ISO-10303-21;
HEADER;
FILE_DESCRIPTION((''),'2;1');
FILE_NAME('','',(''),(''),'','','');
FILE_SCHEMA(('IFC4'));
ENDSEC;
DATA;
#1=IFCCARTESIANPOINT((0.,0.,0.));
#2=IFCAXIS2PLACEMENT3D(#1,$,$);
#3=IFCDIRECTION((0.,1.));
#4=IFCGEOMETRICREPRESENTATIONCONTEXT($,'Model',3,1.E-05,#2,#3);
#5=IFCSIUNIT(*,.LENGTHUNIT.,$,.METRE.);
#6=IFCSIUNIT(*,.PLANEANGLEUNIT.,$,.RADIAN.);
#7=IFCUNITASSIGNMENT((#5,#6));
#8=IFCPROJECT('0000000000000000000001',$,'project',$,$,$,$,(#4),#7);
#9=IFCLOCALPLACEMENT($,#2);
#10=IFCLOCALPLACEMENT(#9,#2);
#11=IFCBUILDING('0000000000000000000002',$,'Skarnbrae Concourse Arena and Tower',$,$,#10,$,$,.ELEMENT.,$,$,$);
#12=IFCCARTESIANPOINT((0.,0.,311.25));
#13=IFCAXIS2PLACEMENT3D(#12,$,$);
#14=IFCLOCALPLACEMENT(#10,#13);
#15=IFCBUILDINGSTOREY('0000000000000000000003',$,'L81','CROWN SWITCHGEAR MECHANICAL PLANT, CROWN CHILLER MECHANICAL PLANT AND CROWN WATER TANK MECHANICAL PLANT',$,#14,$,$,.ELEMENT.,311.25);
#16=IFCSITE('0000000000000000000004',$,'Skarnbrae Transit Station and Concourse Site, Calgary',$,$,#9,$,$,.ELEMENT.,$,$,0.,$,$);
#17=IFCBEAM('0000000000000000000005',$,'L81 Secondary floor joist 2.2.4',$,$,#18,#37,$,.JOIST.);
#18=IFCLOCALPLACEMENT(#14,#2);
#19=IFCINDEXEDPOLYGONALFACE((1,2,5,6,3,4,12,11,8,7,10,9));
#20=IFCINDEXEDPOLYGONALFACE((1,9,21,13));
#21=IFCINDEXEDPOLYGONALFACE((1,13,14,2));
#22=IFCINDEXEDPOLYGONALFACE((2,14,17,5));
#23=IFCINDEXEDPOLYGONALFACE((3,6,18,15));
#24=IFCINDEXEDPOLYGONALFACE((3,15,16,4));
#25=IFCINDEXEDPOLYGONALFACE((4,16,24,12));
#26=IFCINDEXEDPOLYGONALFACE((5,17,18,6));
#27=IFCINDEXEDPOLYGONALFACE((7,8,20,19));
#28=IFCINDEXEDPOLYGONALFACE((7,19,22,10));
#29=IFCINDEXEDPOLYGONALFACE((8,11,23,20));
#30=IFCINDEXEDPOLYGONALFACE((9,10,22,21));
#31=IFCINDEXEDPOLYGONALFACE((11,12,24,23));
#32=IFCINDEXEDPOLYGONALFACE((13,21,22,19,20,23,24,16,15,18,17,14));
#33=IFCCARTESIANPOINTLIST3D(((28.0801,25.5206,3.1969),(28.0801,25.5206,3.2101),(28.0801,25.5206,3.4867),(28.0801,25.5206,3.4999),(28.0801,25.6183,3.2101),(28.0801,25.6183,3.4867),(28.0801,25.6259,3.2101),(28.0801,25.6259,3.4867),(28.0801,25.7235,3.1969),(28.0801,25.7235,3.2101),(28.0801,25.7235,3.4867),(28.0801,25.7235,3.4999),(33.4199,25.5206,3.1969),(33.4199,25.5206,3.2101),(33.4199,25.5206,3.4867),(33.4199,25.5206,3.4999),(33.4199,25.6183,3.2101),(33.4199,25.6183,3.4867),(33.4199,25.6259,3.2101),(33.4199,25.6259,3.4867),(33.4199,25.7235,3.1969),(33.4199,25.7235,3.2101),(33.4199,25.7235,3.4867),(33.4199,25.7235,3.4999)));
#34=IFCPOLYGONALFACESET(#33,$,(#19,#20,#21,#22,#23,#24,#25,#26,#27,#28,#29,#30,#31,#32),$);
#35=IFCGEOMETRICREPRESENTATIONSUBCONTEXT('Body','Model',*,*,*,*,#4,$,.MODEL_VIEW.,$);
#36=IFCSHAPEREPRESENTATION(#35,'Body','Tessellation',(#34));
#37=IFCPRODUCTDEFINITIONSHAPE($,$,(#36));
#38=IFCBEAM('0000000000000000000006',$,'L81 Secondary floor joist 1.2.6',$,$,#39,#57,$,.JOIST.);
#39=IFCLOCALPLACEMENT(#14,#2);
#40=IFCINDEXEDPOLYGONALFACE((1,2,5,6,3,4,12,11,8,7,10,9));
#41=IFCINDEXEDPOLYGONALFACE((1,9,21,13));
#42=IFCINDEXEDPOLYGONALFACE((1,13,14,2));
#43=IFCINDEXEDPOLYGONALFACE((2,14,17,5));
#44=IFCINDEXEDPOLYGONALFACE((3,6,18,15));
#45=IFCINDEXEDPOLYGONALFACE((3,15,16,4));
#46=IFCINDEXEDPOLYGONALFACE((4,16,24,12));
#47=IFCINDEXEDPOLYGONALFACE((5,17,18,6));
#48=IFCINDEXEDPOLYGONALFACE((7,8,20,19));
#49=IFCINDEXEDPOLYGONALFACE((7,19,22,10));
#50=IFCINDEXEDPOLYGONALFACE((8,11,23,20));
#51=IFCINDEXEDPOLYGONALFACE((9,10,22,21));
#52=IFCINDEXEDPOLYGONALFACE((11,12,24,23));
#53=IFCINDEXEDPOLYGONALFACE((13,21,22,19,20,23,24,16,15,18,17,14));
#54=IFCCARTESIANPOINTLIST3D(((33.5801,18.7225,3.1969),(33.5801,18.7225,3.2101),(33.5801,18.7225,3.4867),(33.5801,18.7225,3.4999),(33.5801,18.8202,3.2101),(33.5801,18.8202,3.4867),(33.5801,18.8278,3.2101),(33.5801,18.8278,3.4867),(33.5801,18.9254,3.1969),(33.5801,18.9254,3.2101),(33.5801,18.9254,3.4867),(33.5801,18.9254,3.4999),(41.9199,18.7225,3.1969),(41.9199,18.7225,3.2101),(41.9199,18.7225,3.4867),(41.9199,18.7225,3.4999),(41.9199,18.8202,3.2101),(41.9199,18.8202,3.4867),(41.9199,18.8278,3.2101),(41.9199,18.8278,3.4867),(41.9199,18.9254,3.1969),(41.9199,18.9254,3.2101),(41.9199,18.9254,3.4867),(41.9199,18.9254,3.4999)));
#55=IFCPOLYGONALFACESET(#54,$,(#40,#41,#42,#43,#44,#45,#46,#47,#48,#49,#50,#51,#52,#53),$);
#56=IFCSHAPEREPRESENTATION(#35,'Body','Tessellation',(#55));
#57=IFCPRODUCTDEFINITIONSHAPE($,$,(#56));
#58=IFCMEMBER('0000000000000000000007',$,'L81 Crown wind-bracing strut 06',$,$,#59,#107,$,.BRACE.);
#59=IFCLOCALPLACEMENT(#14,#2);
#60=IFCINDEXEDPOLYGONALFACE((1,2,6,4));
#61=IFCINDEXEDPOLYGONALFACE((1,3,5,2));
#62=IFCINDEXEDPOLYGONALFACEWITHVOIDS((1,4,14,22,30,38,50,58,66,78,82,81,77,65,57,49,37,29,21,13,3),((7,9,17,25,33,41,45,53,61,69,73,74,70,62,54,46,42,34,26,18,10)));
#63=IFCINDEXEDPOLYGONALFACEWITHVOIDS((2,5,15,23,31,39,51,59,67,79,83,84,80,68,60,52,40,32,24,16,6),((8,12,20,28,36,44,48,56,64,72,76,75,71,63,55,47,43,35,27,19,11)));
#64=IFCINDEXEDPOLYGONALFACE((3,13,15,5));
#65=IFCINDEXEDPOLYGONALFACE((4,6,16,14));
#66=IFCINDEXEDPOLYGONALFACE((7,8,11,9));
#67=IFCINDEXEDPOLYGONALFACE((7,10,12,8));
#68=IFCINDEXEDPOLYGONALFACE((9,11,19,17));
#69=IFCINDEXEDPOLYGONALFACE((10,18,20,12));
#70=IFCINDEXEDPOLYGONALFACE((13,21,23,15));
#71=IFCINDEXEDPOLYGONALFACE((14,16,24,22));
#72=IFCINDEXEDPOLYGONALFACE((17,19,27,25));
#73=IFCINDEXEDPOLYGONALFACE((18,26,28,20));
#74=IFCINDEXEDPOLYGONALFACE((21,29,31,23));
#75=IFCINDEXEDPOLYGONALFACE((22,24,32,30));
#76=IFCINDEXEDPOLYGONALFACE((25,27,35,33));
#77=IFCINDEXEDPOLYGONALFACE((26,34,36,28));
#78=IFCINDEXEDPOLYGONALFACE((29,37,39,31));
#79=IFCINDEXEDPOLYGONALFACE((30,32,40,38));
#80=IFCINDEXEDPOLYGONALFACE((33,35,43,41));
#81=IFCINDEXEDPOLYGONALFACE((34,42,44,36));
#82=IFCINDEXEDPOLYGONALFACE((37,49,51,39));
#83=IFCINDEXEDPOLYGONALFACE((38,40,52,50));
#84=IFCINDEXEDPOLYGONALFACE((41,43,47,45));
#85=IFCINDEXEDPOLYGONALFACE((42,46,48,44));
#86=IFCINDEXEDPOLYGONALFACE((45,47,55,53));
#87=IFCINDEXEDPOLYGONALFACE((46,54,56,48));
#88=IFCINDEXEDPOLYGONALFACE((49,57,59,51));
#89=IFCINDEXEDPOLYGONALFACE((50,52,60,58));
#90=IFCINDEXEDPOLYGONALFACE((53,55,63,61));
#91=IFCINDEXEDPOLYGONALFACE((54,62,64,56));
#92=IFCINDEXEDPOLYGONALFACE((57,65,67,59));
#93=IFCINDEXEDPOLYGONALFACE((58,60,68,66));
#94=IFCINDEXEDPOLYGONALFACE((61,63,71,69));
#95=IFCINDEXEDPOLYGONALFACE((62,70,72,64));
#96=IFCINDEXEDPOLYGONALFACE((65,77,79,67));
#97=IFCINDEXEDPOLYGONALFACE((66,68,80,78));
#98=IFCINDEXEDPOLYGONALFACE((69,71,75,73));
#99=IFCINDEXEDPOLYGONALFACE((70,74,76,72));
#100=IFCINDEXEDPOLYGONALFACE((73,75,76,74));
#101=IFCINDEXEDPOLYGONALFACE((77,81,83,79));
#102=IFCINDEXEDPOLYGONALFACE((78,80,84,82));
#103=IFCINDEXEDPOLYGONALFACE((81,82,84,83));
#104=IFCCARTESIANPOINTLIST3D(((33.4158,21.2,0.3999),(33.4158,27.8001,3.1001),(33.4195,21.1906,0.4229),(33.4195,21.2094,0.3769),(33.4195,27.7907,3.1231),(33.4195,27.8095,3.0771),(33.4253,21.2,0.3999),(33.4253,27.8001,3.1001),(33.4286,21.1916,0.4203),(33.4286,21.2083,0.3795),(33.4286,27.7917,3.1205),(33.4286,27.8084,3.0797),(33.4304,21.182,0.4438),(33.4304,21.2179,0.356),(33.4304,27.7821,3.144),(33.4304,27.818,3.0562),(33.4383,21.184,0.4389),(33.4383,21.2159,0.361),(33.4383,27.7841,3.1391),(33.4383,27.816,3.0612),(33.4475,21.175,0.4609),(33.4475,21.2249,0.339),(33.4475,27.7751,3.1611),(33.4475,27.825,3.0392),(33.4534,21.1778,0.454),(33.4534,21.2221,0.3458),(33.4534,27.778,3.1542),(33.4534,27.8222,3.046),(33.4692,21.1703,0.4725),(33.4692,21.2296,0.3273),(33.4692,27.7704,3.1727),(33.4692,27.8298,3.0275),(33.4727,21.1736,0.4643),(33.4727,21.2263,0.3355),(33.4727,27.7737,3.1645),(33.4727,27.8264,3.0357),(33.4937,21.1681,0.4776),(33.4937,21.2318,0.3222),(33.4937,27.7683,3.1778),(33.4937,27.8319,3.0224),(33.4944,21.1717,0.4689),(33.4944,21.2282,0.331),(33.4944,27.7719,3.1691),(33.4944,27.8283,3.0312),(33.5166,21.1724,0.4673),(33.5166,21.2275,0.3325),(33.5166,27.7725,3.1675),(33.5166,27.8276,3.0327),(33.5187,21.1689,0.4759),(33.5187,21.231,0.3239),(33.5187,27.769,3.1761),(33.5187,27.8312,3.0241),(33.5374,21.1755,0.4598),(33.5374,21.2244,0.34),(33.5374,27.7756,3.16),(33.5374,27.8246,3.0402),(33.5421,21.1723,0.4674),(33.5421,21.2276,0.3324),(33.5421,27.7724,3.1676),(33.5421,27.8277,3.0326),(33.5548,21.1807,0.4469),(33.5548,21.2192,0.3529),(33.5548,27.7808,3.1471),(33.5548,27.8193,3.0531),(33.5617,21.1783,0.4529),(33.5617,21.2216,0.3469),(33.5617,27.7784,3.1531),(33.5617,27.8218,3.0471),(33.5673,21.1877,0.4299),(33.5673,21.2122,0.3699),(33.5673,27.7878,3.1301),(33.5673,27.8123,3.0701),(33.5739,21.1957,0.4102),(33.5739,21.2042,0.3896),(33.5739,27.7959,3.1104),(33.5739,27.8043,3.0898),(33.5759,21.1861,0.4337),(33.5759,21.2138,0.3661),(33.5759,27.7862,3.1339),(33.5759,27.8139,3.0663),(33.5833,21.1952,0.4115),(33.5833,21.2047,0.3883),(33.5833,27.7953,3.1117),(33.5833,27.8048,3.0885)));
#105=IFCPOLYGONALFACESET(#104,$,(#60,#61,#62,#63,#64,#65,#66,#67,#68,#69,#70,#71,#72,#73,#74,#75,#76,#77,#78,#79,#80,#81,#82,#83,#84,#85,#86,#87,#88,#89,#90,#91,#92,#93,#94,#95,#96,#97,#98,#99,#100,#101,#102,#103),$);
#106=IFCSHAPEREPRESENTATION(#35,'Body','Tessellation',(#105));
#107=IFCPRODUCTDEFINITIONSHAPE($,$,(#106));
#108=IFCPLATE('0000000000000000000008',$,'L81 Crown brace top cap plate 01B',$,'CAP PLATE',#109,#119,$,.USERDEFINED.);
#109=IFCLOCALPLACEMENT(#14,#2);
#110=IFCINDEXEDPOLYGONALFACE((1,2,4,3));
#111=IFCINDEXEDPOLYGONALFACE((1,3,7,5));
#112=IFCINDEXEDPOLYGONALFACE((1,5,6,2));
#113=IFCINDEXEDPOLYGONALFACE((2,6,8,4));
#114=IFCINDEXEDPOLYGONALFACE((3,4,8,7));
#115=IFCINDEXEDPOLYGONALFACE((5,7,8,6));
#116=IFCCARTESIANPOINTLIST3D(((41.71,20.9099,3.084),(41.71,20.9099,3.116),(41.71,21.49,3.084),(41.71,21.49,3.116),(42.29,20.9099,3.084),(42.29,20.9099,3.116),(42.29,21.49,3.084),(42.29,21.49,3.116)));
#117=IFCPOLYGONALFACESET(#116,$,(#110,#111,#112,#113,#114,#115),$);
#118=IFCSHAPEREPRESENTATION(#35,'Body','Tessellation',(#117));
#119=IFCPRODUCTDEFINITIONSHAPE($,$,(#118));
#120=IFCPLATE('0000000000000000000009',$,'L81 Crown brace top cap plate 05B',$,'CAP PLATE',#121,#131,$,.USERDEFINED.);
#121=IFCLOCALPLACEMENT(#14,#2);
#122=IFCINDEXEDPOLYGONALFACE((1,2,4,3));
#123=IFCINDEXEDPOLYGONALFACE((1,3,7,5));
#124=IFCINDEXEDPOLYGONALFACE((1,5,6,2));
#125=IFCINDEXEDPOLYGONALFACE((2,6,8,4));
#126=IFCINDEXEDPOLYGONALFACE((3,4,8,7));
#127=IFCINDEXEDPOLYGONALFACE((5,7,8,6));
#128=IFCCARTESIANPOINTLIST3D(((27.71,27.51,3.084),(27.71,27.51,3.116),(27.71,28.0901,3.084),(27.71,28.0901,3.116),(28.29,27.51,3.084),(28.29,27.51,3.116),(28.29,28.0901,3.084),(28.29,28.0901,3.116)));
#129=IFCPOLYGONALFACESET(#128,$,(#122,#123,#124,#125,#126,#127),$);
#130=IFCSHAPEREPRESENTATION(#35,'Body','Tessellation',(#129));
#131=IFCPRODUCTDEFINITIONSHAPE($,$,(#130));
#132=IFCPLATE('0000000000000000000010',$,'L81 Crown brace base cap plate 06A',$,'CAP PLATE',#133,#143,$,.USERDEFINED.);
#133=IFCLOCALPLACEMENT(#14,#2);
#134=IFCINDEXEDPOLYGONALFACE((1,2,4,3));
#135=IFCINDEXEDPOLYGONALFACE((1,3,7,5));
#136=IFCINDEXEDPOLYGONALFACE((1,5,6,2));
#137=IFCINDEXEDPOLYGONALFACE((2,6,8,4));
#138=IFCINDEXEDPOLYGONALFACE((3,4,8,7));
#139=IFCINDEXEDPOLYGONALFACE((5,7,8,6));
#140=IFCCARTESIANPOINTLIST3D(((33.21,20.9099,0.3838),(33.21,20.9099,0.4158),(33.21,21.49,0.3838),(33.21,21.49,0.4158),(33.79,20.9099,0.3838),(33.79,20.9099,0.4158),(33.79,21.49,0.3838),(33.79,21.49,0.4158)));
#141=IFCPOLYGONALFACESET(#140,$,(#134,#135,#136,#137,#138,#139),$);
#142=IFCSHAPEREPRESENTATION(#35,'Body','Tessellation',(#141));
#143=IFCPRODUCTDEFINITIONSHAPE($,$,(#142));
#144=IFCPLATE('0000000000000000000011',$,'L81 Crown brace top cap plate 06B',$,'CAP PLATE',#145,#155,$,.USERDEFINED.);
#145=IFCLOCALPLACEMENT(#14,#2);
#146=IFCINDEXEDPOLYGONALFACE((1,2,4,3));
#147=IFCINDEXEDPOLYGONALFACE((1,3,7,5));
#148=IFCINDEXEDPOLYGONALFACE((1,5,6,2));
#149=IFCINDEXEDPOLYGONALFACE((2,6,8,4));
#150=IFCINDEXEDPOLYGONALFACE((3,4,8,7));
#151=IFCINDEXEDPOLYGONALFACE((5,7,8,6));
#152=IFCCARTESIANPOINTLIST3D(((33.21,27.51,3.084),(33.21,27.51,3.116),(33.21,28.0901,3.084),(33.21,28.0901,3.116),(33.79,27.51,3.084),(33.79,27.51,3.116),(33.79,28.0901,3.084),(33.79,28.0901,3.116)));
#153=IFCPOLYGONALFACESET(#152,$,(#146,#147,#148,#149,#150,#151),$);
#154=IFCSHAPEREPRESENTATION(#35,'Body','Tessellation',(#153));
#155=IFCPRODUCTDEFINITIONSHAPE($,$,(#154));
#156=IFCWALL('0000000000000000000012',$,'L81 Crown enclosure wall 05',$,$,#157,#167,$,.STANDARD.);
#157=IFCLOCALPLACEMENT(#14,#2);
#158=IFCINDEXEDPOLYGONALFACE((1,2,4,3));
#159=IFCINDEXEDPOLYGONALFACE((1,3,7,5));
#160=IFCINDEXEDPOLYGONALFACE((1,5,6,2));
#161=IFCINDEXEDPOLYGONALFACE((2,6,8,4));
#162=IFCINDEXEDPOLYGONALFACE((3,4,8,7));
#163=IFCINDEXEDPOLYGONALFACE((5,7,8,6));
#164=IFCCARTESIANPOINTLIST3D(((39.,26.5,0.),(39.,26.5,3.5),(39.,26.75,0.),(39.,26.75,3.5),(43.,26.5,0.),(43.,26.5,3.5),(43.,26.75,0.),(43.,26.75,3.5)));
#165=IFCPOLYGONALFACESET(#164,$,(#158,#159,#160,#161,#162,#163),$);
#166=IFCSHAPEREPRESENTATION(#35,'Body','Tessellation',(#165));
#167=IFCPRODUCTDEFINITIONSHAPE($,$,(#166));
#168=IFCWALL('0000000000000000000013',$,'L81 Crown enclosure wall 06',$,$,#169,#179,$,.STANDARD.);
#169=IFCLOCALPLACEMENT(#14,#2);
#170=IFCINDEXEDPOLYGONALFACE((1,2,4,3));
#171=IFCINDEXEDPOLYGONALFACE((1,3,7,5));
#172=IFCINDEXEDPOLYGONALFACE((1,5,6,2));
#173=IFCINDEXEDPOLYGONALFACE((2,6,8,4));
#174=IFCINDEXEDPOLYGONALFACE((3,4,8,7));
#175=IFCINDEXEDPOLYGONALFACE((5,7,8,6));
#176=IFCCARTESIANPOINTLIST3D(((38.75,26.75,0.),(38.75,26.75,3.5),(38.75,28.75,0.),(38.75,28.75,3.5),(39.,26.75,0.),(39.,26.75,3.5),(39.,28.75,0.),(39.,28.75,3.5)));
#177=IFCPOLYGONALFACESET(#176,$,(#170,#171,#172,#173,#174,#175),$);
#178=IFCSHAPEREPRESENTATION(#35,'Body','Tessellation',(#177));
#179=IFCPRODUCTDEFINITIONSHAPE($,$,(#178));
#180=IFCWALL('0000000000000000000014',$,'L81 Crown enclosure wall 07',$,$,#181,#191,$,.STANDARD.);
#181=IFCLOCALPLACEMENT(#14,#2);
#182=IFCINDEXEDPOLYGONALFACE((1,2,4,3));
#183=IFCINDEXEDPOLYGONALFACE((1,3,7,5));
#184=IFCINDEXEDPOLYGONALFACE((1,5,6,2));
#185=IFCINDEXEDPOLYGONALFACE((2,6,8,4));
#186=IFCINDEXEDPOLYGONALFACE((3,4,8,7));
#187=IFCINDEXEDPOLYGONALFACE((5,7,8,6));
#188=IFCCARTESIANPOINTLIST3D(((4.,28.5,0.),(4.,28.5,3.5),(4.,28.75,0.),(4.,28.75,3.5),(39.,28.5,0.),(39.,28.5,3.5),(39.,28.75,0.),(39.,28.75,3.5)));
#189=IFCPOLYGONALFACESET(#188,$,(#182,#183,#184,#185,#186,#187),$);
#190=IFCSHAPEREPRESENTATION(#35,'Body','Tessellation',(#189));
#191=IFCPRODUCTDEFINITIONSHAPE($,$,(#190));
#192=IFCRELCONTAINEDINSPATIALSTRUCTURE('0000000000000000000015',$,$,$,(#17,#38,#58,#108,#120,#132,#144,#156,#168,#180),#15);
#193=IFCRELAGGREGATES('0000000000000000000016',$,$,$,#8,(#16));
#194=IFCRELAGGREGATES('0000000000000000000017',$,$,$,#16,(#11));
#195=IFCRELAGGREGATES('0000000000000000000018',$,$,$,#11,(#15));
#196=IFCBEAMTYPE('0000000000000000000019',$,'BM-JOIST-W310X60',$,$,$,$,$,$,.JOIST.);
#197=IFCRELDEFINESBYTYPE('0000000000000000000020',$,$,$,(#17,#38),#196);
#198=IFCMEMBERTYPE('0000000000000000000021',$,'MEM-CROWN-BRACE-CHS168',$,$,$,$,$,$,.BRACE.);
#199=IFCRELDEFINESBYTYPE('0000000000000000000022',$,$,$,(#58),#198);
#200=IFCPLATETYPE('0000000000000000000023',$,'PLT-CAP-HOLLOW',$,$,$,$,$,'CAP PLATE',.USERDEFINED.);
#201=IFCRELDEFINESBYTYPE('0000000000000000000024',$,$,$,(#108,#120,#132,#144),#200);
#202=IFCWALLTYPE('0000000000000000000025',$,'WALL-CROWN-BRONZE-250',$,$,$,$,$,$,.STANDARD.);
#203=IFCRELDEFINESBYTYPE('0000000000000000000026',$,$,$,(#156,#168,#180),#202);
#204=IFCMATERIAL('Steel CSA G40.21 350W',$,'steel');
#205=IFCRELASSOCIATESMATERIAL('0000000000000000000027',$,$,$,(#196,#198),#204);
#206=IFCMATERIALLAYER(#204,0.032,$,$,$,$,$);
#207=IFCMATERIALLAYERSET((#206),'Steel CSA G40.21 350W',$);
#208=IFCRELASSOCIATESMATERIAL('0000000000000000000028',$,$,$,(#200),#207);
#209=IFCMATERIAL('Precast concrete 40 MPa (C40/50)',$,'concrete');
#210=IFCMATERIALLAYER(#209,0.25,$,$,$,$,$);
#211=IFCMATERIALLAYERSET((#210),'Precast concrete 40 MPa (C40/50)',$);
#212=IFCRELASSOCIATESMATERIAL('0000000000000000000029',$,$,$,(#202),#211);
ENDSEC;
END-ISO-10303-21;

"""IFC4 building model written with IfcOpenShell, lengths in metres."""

from ifc_helpers import new_model, si_unit, direction, frame, frame_2d, origin, origin_2d, place, context, subcontext, project, spatial, rectangle, hollow_circle, i_section, extrude, source, transform, mapped, material, layer, layer_set, material_profile, profile_set, type_object, element, save


model = new_model("IFC4")

# Units and contexts
model_context = context("Model", 3, precision=1e-05, world=origin(), true_north=direction((0.0, 1.0)))
body_context = subcontext(model_context, "Body", "Model", "MODEL_VIEW")
ifc_project = project(units=[si_unit("LENGTHUNIT", "METRE"), si_unit("PLANEANGLEUNIT", "RADIAN")], contexts=[model_context])

# Site, building, storey
site_placement = place(None, origin())
site = spatial("IfcSite", under=ifc_project, at=site_placement, Name="Skarnbrae Transit Station and Concourse Site, Calgary", CompositionType="ELEMENT", RefElevation=0.0)
building_placement = place(site_placement, origin())
building = spatial("IfcBuilding", under=site, at=building_placement, Name="Skarnbrae Concourse Arena and Tower", CompositionType="ELEMENT")
storey_placement = place(building_placement, frame((0.0, 0.0, 311.25)))
storey = spatial("IfcBuildingStorey", under=building, at=storey_placement, Name="L81", Description="CROWN SWITCHGEAR MECHANICAL PLANT, CROWN CHILLER MECHANICAL PLANT AND CROWN WATER TANK MECHANICAL PLANT", CompositionType="ELEMENT", Elevation=311.25)

# Shared definitions
ifc_material_1 = material(Name="Steel CSA G40.21 350W", Category="steel")

# Beams
ifc_material_profile_1 = material_profile(ifc_material_1, i_section(OverallWidth=0.2029, OverallDepth=0.303, WebThickness=0.0076, FlangeThickness=0.0132, at=origin_2d()), Name="W310X60")
ifc_profile_set_1 = profile_set([ifc_material_profile_1], Name="Steel CSA G40.21 350W")
beam_type_1 = type_object("IfcBeamType", Name="BM-JOIST-W310X60", PredefinedType="JOIST", material=ifc_profile_set_1)
shared_shape_1 = source(origin(), body_context, "Body", "SweptSolid", [
    extrude(i_section(OverallWidth=0.2029, OverallDepth=0.303, WebThickness=0.0076, FlangeThickness=0.0132, at=origin_2d()), origin(), (0.0, 0.0, 1.0), 5.3398),
])
for number, where, z_axis, x_axis, name in (
    (1, (28.0801, 25.6221, 3.3484), (1.0, 0.0, 0.0), (0.0, 1.0, 0.0), "L81 Secondary floor joist 2.2.4"),
):
    element("IfcBeam", number, at=place(storey_placement, frame(where, z_axis=z_axis, x_axis=x_axis)), inside=storey, type_object=beam_type_1, Name=name, PredefinedType="JOIST", context=body_context, shape_type="MappedRepresentation", body=[
        mapped(shared_shape_1, transform((0.0, 0.0, 0.0))),
    ])
shared_shape_2 = source(origin(), body_context, "Body", "SweptSolid", [
    extrude(i_section(OverallWidth=0.2029, OverallDepth=0.303, WebThickness=0.0076, FlangeThickness=0.0132, at=origin_2d()), origin(), (0.0, 0.0, 1.0), 8.3398),
])
beam_1_placement = place(storey_placement, frame((33.5801, 18.824, 3.3484), z_axis=(1.0, 0.0, 0.0), x_axis=(0.0, 1.0, 0.0)))
element("IfcBeam", 2, at=beam_1_placement, inside=storey, type_object=beam_type_1, Name="L81 Secondary floor joist 1.2.6", PredefinedType="JOIST", context=body_context, shape_type="MappedRepresentation", body=[
    mapped(shared_shape_2, transform((0.0, 0.0, 0.0))),
])

# Member
ifc_material_profile_2 = material_profile(ifc_material_1, hollow_circle(Radius=0.0842, WallThickness=0.0095, at=origin_2d()), Name="HSS168X9.5")
ifc_profile_set_2 = profile_set([ifc_material_profile_2], Name="Steel CSA G40.21 350W")
member_type = type_object("IfcMemberType", Name="MEM-CROWN-BRACE-CHS168", PredefinedType="BRACE", material=ifc_profile_set_2)
shared_shape_3 = source(origin(), body_context, "Body", "SweptSolid", [
    extrude(hollow_circle(Radius=0.0842, WallThickness=0.0095, at=origin_2d()), origin(), (0.0, 0.0, 1.0), 7.1311),
])
member_placement = place(storey_placement, frame((33.5, 21.2, 0.3999), z_axis=(0.0, 0.925539, 0.378652), x_axis=(-1.0, 0.0, 0.0)))
element("IfcMember", 3, at=member_placement, inside=storey, type_object=member_type, Name="L81 Crown wind-bracing strut 06", PredefinedType="BRACE", context=body_context, shape_type="MappedRepresentation", body=[
    mapped(shared_shape_3, transform((0.0, 0.0, 0.0))),
])

# Plates
ifc_layer_1 = layer(ifc_material_1, 0.032)
ifc_layer_set_1 = layer_set([ifc_layer_1], Name="Steel CSA G40.21 350W")
plate_type = type_object("IfcPlateType", Name="PLT-CAP-HOLLOW", ElementType="CAP PLATE", PredefinedType="USERDEFINED", material=ifc_layer_set_1)
shared_shape_4 = source(origin(), body_context, "Body", "SweptSolid", [
    extrude(rectangle(XDim=0.5801, YDim=0.5801, at=origin_2d()), origin(), (0.0, 0.0, 1.0), 0.032),
])
for number, where, z_axis, x_axis, name in (
    (4, (42.0, 21.2, 3.084), (0.0, 0.0, 1.0), (1.0, 0.0, 0.0), "L81 Crown brace top cap plate 01B"),
    (5, (28.0, 27.8, 3.084), (0.0, 0.0, 1.0), (1.0, 0.0, 0.0), "L81 Crown brace top cap plate 05B"),
    (6, (33.5, 21.2, 0.3838), (0.0, 0.0, 1.0), (1.0, 0.0, 0.0), "L81 Crown brace base cap plate 06A"),
    (7, (33.5, 27.8, 3.084), (0.0, 0.0, 1.0), (1.0, 0.0, 0.0), "L81 Crown brace top cap plate 06B"),
):
    element("IfcPlate", number, at=place(storey_placement, frame(where, z_axis=z_axis, x_axis=x_axis)), inside=storey, type_object=plate_type, Name=name, ObjectType="CAP PLATE", PredefinedType="USERDEFINED", context=body_context, shape_type="MappedRepresentation", body=[
        mapped(shared_shape_4, transform((0.0, 0.0, 0.0))),
    ])

# Walls
ifc_material_2 = material(Name="Precast concrete 40 MPa (C40/50)", Category="concrete")
ifc_layer_2 = layer(ifc_material_2, 0.25)
ifc_layer_set_2 = layer_set([ifc_layer_2], Name="Precast concrete 40 MPa (C40/50)")
wall_type = type_object("IfcWallType", Name="WALL-CROWN-BRONZE-250", PredefinedType="STANDARD", material=ifc_layer_set_2)
shared_shape_5 = source(origin(), body_context, "Body", "SweptSolid", [
    extrude(rectangle(XDim=4.0, YDim=0.25, at=frame_2d((2.0, 0.0))), origin(), (0.0, 0.0, 1.0), 3.5),
])
wall_1_placement = place(storey_placement, frame((43.0, 26.625, 0.0), z_axis=(0.0, 0.0, 1.0), x_axis=(-1.0, 0.0, 0.0)))
element("IfcWall", 8, at=wall_1_placement, inside=storey, type_object=wall_type, Name="L81 Crown enclosure wall 05", PredefinedType="STANDARD", context=body_context, shape_type="MappedRepresentation", body=[
    mapped(shared_shape_5, transform((0.0, 0.0, 0.0))),
])
shared_shape_6 = source(origin(), body_context, "Body", "SweptSolid", [
    extrude(rectangle(XDim=2.0, YDim=0.25, at=frame_2d((1.0, 0.0))), origin(), (0.0, 0.0, 1.0), 3.5),
])
wall_2_placement = place(storey_placement, frame((38.875, 26.75, 0.0), z_axis=(0.0, 0.0, 1.0), x_axis=(0.0, 1.0, 0.0)))
element("IfcWall", 9, at=wall_2_placement, inside=storey, type_object=wall_type, Name="L81 Crown enclosure wall 06", PredefinedType="STANDARD", context=body_context, shape_type="MappedRepresentation", body=[
    mapped(shared_shape_6, transform((0.0, 0.0, 0.0))),
])
shared_shape_7 = source(origin(), body_context, "Body", "SweptSolid", [
    extrude(rectangle(XDim=35.0, YDim=0.25, at=frame_2d((17.5, 0.0))), origin(), (0.0, 0.0, 1.0), 3.5),
])
wall_3_placement = place(storey_placement, frame((39.0, 28.625, 0.0), z_axis=(0.0, 0.0, 1.0), x_axis=(-1.0, 0.0, 0.0)))
element("IfcWall", 10, at=wall_3_placement, inside=storey, type_object=wall_type, Name="L81 Crown enclosure wall 07", PredefinedType="STANDARD", context=body_context, shape_type="MappedRepresentation", body=[
    mapped(shared_shape_7, transform((0.0, 0.0, 0.0))),
])

save(model, "model.ifc")
